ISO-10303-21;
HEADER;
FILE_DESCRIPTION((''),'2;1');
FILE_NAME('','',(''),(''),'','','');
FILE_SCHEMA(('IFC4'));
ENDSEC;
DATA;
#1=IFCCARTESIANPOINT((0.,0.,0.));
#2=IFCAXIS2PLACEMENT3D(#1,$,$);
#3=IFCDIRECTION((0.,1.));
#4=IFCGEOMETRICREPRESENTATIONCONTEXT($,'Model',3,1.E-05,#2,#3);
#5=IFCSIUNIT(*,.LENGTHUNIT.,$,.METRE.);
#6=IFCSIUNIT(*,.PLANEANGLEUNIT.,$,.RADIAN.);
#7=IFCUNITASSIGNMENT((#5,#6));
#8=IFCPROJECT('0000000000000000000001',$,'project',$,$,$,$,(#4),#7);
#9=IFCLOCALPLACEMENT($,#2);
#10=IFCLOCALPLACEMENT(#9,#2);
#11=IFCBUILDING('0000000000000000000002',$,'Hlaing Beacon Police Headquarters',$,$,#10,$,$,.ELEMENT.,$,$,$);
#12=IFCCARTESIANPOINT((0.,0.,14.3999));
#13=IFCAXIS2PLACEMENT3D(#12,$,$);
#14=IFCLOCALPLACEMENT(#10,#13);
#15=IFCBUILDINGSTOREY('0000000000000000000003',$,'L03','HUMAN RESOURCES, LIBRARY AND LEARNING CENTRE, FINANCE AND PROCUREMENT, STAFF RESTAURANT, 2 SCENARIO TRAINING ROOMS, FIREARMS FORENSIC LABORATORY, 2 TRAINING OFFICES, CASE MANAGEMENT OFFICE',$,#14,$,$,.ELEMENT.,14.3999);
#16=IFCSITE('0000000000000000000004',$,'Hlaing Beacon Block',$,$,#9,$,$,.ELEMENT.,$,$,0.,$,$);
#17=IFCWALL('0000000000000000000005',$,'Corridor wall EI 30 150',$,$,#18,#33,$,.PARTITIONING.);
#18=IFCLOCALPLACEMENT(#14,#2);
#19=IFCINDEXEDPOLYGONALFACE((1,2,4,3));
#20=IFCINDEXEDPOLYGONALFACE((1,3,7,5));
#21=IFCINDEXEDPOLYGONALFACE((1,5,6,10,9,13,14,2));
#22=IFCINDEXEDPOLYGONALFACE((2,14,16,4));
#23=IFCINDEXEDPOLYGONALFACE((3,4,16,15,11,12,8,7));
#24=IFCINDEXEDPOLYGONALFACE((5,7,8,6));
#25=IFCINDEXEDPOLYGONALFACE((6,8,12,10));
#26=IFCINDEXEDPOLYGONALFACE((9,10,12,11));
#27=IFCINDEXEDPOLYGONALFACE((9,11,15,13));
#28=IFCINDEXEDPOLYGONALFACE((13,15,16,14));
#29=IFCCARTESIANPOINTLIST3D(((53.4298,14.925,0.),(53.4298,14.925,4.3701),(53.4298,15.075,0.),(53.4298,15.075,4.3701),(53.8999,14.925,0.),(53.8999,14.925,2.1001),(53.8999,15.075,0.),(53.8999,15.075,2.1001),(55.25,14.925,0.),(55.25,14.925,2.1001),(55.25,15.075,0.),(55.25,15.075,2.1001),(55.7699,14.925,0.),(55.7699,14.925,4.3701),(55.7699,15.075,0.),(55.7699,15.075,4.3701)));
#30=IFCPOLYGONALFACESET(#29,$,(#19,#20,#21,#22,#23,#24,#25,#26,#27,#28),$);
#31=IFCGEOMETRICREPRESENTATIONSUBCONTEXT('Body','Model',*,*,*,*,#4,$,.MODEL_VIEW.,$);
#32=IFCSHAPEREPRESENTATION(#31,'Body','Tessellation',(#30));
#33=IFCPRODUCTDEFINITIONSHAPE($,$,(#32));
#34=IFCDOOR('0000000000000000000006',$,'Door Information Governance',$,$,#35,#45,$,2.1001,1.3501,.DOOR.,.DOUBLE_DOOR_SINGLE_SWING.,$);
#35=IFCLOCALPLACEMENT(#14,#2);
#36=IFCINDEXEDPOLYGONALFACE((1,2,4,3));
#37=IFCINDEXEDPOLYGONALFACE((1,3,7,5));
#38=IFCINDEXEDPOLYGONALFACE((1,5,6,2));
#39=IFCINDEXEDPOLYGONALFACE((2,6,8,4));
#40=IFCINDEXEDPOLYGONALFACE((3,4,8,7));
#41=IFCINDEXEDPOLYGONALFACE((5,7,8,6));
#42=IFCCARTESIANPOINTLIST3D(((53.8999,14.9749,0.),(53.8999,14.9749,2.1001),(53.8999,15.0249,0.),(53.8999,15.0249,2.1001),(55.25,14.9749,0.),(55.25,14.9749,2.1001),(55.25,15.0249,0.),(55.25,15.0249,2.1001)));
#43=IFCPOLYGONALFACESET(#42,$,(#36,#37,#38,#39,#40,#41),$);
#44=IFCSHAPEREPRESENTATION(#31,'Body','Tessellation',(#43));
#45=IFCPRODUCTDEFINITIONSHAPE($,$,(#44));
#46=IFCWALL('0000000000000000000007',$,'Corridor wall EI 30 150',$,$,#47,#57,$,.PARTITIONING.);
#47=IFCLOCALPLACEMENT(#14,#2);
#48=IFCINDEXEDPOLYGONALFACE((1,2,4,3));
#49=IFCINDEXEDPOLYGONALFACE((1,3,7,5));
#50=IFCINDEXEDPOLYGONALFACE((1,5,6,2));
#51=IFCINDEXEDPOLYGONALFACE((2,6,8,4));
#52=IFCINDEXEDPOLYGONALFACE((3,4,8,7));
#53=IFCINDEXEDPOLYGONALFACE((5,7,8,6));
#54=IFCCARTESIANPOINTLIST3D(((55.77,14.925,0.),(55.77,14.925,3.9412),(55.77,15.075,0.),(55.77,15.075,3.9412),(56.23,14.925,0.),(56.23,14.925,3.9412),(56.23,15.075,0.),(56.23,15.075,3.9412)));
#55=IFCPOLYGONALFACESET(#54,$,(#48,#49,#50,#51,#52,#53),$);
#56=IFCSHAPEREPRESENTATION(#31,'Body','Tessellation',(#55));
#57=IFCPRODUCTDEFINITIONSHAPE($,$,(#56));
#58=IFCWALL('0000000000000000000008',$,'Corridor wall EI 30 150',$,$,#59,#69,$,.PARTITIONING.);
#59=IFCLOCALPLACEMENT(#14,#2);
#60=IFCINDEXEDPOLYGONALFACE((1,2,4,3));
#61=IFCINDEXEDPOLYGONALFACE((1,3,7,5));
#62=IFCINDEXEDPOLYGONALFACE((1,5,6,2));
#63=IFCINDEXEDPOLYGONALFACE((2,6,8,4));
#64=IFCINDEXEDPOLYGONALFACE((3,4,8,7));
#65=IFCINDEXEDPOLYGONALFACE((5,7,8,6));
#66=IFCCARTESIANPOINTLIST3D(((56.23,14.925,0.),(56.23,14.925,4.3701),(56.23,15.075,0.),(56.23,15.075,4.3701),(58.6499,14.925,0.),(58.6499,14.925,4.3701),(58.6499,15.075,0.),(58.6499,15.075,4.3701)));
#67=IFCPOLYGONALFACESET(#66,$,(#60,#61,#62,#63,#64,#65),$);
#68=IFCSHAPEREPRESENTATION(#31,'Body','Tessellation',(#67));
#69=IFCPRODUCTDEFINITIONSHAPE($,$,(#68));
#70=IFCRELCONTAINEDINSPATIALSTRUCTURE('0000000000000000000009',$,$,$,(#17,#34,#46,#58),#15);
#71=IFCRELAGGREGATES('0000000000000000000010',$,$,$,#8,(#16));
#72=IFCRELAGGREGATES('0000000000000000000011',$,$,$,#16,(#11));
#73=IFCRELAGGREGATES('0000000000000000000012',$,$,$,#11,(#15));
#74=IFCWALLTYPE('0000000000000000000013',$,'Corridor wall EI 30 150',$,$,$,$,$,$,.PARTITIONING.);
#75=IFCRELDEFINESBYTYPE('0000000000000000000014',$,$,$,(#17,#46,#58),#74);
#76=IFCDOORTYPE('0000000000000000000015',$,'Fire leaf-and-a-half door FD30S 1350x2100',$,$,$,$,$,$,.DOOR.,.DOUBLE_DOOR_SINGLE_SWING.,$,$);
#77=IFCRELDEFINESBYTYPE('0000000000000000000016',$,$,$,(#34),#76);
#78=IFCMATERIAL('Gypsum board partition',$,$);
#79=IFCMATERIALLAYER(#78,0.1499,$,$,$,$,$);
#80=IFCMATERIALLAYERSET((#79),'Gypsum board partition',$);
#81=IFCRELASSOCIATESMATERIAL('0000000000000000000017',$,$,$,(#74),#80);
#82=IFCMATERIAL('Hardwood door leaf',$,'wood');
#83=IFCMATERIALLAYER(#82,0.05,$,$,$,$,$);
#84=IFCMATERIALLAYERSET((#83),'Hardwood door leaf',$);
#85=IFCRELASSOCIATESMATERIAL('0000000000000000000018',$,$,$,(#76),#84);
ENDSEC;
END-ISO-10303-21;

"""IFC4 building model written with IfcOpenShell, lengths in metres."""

from ifc_helpers import new_model, si_unit, direction, frame, frame_2d, origin, place, context, subcontext, project, spatial, rectangle, extrude, material, layer, layer_set, type_object, element, fill, save


model = new_model("IFC4")

# Units and contexts
model_context = context("Model", 3, precision=1e-05, world=origin(), true_north=direction((0.0, 1.0)))
body_context = subcontext(model_context, "Body", "Model", "MODEL_VIEW")
ifc_project = project(units=[si_unit("LENGTHUNIT", "METRE"), si_unit("PLANEANGLEUNIT", "RADIAN")], contexts=[model_context])

# Site, building, storey
site_placement = place(None, origin())
site = spatial("IfcSite", under=ifc_project, at=site_placement, Name="Hlaing Beacon Block", CompositionType="ELEMENT", RefElevation=0.0)
building_placement = place(site_placement, origin())
building = spatial("IfcBuilding", under=site, at=building_placement, Name="Hlaing Beacon Police Headquarters", CompositionType="ELEMENT")
storey_placement = place(building_placement, frame((0.0, 0.0, 14.3999)))
storey = spatial("IfcBuildingStorey", under=building, at=storey_placement, Name="L03", Description="HUMAN RESOURCES, LIBRARY AND LEARNING CENTRE, FINANCE AND PROCUREMENT, STAFF RESTAURANT, 2 SCENARIO TRAINING ROOMS, FIREARMS FORENSIC LABORATORY, 2 TRAINING OFFICES, CASE MANAGEMENT OFFICE", CompositionType="ELEMENT", Elevation=14.3999)

# Shared definitions
ifc_material_1 = material(Name="Gypsum board partition")
ifc_layer_1 = layer(ifc_material_1, 0.1499)
ifc_layer_set_1 = layer_set([ifc_layer_1], Name="Gypsum board partition")
wall_type = type_object("IfcWallType", Name="Corridor wall EI 30 150", PredefinedType="PARTITIONING", material=ifc_layer_set_1)

# Wall, opening, door
wall_1_placement = place(storey_placement, frame((53.4299, 15.0, 0.0), z_axis=(0.0, 0.0, 1.0), x_axis=(1.0, 0.0, 0.0)))
wall_1 = element("IfcWall", 1, at=wall_1_placement, inside=storey, type_object=wall_type, Name="Corridor wall EI 30 150", PredefinedType="PARTITIONING", context=body_context, shape_type="SweptSolid", body=[
    extrude(rectangle(XDim=2.3401, YDim=0.1499, at=frame_2d((1.1699, 0.0))), origin(), (0.0, 0.0, 1.0), 4.3701),
])
opening_placement = place(wall_1_placement, frame((0.47, 0.0, 0.0)))
opening = element("IfcOpeningElement", 2, at=opening_placement, cuts=wall_1, PredefinedType="OPENING", context=body_context, shape_type="SweptSolid", body=[
    extrude(rectangle(XDim=1.3501, YDim=2.1001, at=frame_2d((0.675, 1.05))), frame((0.0, 0.085, 0.0), z_axis=(0.0, -1.0, 0.0), x_axis=(1.0, 0.0, 0.0)), (0.0, 0.0, 1.0), 0.1699),
])
ifc_material_2 = material(Name="Hardwood door leaf", Category="wood")
ifc_layer_2 = layer(ifc_material_2, 0.05)
ifc_layer_set_2 = layer_set([ifc_layer_2], Name="Hardwood door leaf")
door_type = type_object("IfcDoorType", Name="Fire leaf-and-a-half door FD30S 1350x2100", OperationType="DOUBLE_DOOR_SINGLE_SWING", PredefinedType="DOOR", material=ifc_layer_set_2)
door_placement = place(opening_placement, frame((1.3501, 0.0, 0.0), z_axis=(0.0, 0.0, 1.0), x_axis=(-1.0, 0.0, 0.0)))
door = element("IfcDoor", 3, at=door_placement, inside=storey, type_object=door_type, Name="Door Information Governance", OperationType="DOUBLE_DOOR_SINGLE_SWING", OverallHeight=2.1001, OverallWidth=1.3501, PredefinedType="DOOR", context=body_context, shape_type="SweptSolid", body=[
    extrude(rectangle(XDim=1.3501, YDim=2.1001, at=frame_2d((0.675, 1.05))), frame((0.0, 0.0251, 0.0), z_axis=(0.0, -1.0, 0.0), x_axis=(1.0, 0.0, 0.0)), (0.0, 0.0, 1.0), 0.05),
])
fill(opening, door)

# Walls
wall_2_placement = place(storey_placement, frame((55.77, 15.0, 0.0), z_axis=(0.0, 0.0, 1.0), x_axis=(1.0, 0.0, 0.0)))
element("IfcWall", 4, at=wall_2_placement, inside=storey, type_object=wall_type, Name="Corridor wall EI 30 150", PredefinedType="PARTITIONING", context=body_context, shape_type="SweptSolid", body=[
    extrude(rectangle(XDim=0.46, YDim=0.1499, at=frame_2d((0.23, 0.0))), origin(), (0.0, 0.0, 1.0), 3.9412),
])
wall_3_placement = place(storey_placement, frame((56.23, 15.0, 0.0), z_axis=(0.0, 0.0, 1.0), x_axis=(1.0, 0.0, 0.0)))
element("IfcWall", 5, at=wall_3_placement, inside=storey, type_object=wall_type, Name="Corridor wall EI 30 150", PredefinedType="PARTITIONING", context=body_context, shape_type="SweptSolid", body=[
    extrude(rectangle(XDim=2.4199, YDim=0.1499, at=frame_2d((1.21, 0.0))), origin(), (0.0, 0.0, 1.0), 4.3701),
])

save(model, "model.ifc")
